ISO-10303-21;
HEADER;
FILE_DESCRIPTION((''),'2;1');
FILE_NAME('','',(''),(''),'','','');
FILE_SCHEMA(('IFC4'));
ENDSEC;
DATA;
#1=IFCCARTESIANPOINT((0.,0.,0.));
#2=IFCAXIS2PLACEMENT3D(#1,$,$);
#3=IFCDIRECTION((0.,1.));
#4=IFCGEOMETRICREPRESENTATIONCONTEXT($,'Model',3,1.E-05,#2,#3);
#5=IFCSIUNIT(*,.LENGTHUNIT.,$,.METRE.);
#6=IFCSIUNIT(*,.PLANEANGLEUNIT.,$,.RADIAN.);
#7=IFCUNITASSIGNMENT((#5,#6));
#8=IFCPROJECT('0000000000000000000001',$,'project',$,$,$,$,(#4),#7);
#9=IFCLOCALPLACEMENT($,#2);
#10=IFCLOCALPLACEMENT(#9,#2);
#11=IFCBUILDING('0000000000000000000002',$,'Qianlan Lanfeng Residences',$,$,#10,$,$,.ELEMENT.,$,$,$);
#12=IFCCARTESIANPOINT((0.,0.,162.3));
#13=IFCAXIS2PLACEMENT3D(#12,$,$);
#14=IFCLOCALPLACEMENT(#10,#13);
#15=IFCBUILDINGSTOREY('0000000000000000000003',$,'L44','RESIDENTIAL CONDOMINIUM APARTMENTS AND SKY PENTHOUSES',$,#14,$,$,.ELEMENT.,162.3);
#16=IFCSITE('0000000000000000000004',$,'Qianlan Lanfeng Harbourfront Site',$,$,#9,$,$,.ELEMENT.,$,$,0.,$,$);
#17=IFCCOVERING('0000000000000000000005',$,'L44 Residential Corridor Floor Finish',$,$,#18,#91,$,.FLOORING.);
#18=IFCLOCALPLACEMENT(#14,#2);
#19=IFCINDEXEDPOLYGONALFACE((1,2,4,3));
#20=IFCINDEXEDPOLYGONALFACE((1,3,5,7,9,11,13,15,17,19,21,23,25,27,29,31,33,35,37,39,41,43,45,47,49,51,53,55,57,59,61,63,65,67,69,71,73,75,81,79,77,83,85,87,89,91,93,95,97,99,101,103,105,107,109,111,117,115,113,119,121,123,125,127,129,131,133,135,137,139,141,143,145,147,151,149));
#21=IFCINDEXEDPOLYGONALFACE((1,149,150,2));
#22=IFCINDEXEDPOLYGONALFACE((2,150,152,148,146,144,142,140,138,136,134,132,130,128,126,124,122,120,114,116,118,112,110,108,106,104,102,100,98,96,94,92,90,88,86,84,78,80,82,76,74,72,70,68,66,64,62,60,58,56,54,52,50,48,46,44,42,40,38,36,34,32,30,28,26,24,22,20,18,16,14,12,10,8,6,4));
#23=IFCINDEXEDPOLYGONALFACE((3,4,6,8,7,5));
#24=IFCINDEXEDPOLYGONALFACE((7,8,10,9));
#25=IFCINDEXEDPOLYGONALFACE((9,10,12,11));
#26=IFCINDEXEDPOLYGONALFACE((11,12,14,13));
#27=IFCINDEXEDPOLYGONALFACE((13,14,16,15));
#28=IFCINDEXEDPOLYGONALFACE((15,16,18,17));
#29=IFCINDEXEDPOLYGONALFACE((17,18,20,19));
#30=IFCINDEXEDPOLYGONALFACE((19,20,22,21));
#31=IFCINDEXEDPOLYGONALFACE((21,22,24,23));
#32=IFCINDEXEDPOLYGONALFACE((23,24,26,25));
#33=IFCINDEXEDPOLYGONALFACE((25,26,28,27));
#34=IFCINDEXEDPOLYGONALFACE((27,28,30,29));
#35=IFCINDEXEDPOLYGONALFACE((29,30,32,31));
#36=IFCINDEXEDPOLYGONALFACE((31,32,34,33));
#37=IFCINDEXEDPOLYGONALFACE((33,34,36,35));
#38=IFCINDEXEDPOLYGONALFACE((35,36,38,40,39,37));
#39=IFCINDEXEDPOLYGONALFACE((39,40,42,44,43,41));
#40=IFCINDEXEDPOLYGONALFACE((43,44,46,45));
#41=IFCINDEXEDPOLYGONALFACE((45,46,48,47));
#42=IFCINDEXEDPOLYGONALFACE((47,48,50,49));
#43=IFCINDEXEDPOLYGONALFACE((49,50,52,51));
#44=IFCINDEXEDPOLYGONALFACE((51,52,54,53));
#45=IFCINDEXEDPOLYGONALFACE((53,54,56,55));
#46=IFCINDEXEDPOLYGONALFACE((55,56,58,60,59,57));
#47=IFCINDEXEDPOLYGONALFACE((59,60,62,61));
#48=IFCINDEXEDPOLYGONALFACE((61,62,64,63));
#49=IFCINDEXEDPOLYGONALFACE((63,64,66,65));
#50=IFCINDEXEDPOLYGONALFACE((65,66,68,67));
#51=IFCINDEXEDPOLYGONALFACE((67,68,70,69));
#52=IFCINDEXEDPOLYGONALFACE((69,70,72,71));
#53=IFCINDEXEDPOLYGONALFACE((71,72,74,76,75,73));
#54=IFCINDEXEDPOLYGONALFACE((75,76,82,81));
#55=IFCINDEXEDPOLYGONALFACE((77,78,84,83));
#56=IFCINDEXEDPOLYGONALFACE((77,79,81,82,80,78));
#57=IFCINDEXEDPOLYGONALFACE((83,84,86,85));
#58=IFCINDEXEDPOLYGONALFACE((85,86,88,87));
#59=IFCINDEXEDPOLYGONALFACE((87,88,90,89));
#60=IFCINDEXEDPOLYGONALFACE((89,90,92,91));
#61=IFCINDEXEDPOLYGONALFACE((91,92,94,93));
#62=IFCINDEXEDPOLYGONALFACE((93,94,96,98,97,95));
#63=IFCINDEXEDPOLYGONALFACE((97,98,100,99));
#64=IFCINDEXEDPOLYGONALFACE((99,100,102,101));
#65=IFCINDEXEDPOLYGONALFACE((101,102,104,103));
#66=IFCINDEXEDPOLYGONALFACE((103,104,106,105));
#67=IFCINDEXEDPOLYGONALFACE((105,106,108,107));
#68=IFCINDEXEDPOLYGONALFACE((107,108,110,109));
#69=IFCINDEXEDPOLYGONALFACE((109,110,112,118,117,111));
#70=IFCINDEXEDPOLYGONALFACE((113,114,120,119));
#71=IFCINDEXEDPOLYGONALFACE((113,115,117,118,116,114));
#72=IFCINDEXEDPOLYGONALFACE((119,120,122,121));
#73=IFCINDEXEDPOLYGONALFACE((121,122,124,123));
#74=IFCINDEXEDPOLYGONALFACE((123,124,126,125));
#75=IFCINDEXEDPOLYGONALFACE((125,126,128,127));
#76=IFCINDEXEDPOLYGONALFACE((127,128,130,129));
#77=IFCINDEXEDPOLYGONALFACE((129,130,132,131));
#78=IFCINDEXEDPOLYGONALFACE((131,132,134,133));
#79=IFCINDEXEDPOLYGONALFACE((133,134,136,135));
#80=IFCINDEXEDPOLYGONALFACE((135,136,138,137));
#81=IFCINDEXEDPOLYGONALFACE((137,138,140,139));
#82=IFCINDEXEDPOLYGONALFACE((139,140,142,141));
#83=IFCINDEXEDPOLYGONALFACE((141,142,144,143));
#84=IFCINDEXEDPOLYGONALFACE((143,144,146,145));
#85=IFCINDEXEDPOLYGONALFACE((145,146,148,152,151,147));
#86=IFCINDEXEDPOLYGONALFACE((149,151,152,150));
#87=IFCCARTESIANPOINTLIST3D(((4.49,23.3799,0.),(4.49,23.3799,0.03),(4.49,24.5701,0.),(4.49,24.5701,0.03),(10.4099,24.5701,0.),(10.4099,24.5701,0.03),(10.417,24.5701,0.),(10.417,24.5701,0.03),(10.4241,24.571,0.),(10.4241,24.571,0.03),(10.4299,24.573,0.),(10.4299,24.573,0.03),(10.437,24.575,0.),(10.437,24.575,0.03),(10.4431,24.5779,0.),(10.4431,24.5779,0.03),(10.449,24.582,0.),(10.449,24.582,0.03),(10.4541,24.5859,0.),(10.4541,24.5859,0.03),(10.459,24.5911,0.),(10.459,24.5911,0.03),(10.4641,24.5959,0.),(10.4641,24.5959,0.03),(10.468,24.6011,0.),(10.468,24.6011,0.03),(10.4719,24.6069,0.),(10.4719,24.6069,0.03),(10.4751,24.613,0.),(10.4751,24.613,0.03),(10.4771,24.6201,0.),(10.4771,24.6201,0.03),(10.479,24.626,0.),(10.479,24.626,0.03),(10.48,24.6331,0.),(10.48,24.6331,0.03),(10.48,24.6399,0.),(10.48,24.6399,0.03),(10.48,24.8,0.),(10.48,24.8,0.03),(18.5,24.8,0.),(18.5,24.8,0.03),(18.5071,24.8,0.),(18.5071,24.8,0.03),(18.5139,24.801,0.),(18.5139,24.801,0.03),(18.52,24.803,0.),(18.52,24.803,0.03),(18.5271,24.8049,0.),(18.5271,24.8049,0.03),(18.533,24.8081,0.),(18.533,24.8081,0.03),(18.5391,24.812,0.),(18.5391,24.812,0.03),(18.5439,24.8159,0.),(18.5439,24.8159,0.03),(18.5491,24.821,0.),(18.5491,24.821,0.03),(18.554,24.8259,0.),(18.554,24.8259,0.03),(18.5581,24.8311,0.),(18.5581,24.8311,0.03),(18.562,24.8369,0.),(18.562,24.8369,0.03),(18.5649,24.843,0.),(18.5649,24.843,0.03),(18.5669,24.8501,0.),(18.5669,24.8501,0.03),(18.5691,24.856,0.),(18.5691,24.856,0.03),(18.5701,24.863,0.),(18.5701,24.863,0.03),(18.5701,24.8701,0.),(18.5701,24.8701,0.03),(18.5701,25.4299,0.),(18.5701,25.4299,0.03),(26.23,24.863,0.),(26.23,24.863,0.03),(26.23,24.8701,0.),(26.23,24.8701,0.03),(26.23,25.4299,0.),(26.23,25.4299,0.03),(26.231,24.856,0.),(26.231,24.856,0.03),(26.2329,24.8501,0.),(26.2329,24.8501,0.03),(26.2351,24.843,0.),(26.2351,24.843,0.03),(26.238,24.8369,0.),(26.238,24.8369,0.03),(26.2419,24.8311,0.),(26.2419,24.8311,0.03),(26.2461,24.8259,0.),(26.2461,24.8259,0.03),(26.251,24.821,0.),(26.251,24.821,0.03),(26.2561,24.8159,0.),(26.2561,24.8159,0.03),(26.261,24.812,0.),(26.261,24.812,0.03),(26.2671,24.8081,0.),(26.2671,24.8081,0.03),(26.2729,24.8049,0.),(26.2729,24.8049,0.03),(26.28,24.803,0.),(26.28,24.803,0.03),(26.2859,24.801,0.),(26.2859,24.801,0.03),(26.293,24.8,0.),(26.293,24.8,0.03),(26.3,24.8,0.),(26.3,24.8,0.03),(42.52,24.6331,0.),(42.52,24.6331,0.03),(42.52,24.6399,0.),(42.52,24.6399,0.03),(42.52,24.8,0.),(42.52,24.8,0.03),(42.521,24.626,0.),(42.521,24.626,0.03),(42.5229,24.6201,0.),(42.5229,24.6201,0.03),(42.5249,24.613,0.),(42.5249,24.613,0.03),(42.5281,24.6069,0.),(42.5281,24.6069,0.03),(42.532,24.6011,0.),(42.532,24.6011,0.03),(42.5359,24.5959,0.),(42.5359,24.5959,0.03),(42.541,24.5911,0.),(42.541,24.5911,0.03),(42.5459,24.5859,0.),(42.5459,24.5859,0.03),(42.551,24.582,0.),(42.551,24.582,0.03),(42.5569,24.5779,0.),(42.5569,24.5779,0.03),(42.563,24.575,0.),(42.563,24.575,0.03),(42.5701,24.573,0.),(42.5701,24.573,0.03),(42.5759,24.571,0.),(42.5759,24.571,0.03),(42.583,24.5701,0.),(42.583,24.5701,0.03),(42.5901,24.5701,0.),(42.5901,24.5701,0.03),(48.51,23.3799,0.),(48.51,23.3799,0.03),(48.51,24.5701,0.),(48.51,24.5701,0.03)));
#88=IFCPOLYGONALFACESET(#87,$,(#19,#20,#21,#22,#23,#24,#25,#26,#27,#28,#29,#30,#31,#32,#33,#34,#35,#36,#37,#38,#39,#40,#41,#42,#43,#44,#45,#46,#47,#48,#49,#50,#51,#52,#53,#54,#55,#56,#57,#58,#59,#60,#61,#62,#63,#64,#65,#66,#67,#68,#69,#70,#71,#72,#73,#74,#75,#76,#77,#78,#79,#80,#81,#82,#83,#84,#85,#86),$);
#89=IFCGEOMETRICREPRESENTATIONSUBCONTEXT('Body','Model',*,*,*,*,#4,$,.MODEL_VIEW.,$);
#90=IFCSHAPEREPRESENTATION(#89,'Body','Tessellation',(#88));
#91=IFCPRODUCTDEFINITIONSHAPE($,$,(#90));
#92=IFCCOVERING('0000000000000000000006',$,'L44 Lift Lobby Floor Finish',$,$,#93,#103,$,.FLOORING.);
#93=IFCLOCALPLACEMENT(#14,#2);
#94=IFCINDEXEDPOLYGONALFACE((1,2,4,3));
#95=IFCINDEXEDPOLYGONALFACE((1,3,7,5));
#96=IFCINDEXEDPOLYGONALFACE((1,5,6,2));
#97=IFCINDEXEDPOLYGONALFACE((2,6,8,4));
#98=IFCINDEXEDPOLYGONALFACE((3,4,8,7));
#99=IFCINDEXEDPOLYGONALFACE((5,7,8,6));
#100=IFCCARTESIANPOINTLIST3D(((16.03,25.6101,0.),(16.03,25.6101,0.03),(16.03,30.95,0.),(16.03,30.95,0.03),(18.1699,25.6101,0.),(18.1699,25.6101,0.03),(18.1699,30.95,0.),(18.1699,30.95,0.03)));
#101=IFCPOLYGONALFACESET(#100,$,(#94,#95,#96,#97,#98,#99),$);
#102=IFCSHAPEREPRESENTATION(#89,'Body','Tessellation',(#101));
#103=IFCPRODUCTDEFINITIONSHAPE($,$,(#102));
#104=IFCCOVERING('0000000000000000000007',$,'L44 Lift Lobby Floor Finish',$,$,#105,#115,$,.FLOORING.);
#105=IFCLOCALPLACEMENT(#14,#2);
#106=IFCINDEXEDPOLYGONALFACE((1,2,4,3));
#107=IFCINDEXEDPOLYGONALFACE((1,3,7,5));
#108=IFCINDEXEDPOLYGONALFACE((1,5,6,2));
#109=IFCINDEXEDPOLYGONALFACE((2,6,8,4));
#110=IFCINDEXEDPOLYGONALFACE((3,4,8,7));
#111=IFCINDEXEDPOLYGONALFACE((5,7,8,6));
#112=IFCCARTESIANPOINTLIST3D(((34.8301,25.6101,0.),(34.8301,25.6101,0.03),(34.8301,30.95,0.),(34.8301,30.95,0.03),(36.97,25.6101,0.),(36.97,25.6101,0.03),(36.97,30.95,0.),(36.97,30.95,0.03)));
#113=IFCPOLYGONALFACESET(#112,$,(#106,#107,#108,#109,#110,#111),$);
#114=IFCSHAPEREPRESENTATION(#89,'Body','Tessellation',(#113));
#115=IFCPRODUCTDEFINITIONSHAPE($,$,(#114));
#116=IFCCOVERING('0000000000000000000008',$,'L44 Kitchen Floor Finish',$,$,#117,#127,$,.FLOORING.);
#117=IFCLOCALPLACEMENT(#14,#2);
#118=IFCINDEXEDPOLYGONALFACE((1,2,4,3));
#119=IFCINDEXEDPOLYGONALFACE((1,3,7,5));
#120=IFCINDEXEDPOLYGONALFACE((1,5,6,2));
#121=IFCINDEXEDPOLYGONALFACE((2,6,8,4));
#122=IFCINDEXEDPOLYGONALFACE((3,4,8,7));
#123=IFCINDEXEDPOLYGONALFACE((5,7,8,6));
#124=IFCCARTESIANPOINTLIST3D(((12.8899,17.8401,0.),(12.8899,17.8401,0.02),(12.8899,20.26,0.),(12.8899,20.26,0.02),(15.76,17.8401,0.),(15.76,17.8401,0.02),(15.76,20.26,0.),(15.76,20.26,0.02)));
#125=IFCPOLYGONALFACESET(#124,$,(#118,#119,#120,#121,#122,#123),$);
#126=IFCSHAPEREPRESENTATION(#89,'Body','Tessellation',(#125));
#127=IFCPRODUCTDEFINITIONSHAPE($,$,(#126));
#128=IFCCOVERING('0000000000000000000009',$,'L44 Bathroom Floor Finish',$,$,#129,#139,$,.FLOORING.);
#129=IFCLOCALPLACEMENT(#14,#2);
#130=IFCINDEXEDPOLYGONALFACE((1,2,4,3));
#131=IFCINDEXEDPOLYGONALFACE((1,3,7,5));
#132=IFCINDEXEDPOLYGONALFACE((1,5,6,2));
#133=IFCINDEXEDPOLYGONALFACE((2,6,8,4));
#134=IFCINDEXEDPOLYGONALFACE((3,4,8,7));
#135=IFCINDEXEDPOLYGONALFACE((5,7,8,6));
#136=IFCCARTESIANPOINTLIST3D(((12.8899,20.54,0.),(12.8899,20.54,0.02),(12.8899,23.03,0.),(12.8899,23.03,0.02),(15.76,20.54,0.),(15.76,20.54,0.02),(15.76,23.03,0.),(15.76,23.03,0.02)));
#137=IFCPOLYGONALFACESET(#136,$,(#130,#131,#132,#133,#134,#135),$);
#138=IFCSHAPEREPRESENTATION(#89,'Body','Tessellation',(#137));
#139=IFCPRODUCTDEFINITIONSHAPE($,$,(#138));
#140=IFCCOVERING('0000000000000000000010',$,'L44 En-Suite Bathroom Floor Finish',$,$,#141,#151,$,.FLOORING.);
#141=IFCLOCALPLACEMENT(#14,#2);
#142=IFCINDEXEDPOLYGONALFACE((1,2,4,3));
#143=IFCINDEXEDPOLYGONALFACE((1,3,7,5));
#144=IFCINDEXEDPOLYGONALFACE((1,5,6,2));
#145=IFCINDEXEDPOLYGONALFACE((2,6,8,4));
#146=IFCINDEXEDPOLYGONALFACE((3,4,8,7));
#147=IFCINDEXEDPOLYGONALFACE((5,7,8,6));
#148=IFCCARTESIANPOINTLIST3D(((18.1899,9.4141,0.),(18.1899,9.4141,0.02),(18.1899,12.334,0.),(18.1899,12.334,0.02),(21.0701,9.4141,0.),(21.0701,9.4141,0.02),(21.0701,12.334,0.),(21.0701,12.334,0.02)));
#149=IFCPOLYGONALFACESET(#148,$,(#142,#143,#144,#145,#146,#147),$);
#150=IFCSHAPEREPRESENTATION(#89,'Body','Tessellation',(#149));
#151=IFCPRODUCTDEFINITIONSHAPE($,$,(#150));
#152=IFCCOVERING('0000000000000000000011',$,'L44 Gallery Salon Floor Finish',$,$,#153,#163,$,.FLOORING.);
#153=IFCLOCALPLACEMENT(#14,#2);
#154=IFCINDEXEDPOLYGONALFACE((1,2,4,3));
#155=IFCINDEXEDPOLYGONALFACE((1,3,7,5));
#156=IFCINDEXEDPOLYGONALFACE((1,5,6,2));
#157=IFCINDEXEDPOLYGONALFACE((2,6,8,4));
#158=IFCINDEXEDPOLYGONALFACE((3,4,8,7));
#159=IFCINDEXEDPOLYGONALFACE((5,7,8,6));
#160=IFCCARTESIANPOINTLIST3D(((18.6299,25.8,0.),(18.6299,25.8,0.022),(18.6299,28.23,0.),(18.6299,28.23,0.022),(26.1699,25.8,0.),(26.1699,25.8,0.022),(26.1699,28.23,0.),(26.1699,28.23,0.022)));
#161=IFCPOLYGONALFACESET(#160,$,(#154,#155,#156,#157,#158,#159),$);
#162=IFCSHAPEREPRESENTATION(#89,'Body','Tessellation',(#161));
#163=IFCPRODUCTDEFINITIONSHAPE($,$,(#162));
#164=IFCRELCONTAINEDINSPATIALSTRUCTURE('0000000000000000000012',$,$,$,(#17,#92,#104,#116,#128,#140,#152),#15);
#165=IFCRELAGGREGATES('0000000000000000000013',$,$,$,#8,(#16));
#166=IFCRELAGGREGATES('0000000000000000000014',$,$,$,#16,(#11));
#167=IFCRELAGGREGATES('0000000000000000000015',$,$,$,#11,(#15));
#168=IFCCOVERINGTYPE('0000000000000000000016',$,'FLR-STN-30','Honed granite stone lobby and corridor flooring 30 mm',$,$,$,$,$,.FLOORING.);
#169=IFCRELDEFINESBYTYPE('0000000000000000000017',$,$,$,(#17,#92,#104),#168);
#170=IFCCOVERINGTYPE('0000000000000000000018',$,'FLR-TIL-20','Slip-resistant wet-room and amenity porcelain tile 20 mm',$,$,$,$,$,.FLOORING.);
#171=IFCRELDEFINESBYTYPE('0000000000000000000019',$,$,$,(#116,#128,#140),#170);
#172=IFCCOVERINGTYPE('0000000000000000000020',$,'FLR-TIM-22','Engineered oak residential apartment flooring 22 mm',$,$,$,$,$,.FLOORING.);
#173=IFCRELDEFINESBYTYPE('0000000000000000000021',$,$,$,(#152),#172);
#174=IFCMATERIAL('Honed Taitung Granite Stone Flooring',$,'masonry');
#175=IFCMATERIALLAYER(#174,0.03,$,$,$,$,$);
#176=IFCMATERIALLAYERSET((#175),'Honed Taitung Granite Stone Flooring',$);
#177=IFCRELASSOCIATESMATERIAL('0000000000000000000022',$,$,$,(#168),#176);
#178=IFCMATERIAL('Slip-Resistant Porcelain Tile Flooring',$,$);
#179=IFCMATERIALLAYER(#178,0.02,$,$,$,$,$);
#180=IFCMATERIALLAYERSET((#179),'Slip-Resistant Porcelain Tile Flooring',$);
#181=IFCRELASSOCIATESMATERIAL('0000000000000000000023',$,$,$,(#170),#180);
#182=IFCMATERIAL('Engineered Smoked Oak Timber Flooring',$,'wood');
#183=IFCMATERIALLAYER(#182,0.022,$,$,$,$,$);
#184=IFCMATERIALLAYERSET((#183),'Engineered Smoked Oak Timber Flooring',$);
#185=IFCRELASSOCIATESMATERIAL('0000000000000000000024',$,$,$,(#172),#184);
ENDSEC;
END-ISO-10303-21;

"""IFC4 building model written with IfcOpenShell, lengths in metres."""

from ifc_helpers import new_model, si_unit, direction, frame, origin, place, context, subcontext, project, spatial, polyline, outline, extrude, material, layer, layer_set, type_object, element, save


model = new_model("IFC4")

# Units and contexts
model_context = context("Model", 3, precision=1e-05, world=origin(), true_north=direction((0.0, 1.0)))
body_context = subcontext(model_context, "Body", "Model", "MODEL_VIEW")
ifc_project = project(units=[si_unit("LENGTHUNIT", "METRE"), si_unit("PLANEANGLEUNIT", "RADIAN")], contexts=[model_context])

# Site, building, storey
site_placement = place(None, origin())
site = spatial("IfcSite", under=ifc_project, at=site_placement, Name="Qianlan Lanfeng Harbourfront Site", CompositionType="ELEMENT", RefElevation=0.0)
building_placement = place(site_placement, origin())
building = spatial("IfcBuilding", under=site, at=building_placement, Name="Qianlan Lanfeng Residences", CompositionType="ELEMENT")
storey_placement = place(building_placement, frame((0.0, 0.0, 162.3)))
storey = spatial("IfcBuildingStorey", under=building, at=storey_placement, Name="L44", Description="RESIDENTIAL CONDOMINIUM APARTMENTS AND SKY PENTHOUSES", CompositionType="ELEMENT", Elevation=162.3)

# Coverings
ifc_material_1 = material(Name="Honed Taitung Granite Stone Flooring", Category="masonry")
ifc_layer_1 = layer(ifc_material_1, 0.03)
ifc_layer_set_1 = layer_set([ifc_layer_1], Name="Honed Taitung Granite Stone Flooring")
covering_type_1 = type_object("IfcCoveringType", Name="FLR-STN-30", Description="Honed granite stone lobby and corridor flooring 30 mm", PredefinedType="FLOORING", material=ifc_layer_set_1)
covering_1_placement = place(storey_placement, origin())
element("IfcCovering", 1, at=covering_1_placement, inside=storey, type_object=covering_type_1, Name="L44 Residential Corridor Floor Finish", PredefinedType="FLOORING", context=body_context, shape_type="SweptSolid", body=[
    extrude(outline(polyline([(4.49, 23.3799), (48.51, 23.3799), (48.51, 24.5701), (42.5901, 24.5701), (42.583, 24.5701), (42.5759, 24.571), (42.5701, 24.573), (42.563, 24.575), (42.5569, 24.5779), (42.551, 24.582), (42.5459, 24.5859), (42.541, 24.5911), (42.5359, 24.5959), (42.532, 24.6011), (42.5281, 24.6069), (42.5249, 24.613), (42.5229, 24.6201), (42.521, 24.626), (42.52, 24.6331), (42.52, 24.6399), (42.52, 24.8), (26.3, 24.8), (26.293, 24.8), (26.2859, 24.801), (26.28, 24.803), (26.2729, 24.8049), (26.2671, 24.8081), (26.261, 24.812), (26.2561, 24.8159), (26.251, 24.821), (26.2461, 24.8259), (26.2419, 24.8311), (26.238, 24.8369), (26.2351, 24.843), (26.2329, 24.8501), (26.231, 24.856), (26.23, 24.863), (26.23, 24.8701), (26.23, 25.4299), (18.5701, 25.4299), (18.5701, 24.8701), (18.5701, 24.863), (18.5691, 24.856), (18.5669, 24.8501), (18.5649, 24.843), (18.562, 24.8369), (18.5581, 24.8311), (18.554, 24.8259), (18.5491, 24.821), (18.5439, 24.8159), (18.5391, 24.812), (18.533, 24.8081), (18.5271, 24.8049), (18.52, 24.803), (18.5139, 24.801), (18.5071, 24.8), (18.5, 24.8), (10.48, 24.8), (10.48, 24.6399), (10.48, 24.6331), (10.479, 24.626), (10.4771, 24.6201), (10.4751, 24.613), (10.4719, 24.6069), (10.468, 24.6011), (10.4641, 24.5959), (10.459, 24.5911), (10.4541, 24.5859), (10.449, 24.582), (10.4431, 24.5779), (10.437, 24.575), (10.4299, 24.573), (10.4241, 24.571), (10.417, 24.5701), (10.4099, 24.5701), (4.49, 24.5701), (4.49, 23.3799)])), origin(), (0.0, 0.0, 1.0), 0.03),
])
covering_2_placement = place(storey_placement, origin())
element("IfcCovering", 2, at=covering_2_placement, inside=storey, type_object=covering_type_1, Name="L44 Lift Lobby Floor Finish", PredefinedType="FLOORING", context=body_context, shape_type="SweptSolid", body=[
    extrude(outline(polyline([(16.03, 25.6101), (18.1699, 25.6101), (18.1699, 30.95), (16.03, 30.95), (16.03, 25.6101)])), origin(), (0.0, 0.0, 1.0), 0.03),
])
covering_3_placement = place(storey_placement, origin())
element("IfcCovering", 3, at=covering_3_placement, inside=storey, type_object=covering_type_1, Name="L44 Lift Lobby Floor Finish", PredefinedType="FLOORING", context=body_context, shape_type="SweptSolid", body=[
    extrude(outline(polyline([(34.8301, 25.6101), (36.97, 25.6101), (36.97, 30.95), (34.8301, 30.95), (34.8301, 25.6101)])), origin(), (0.0, 0.0, 1.0), 0.03),
])
ifc_material_2 = material(Name="Slip-Resistant Porcelain Tile Flooring")
ifc_layer_2 = layer(ifc_material_2, 0.02)
ifc_layer_set_2 = layer_set([ifc_layer_2], Name="Slip-Resistant Porcelain Tile Flooring")
covering_type_2 = type_object("IfcCoveringType", Name="FLR-TIL-20", Description="Slip-resistant wet-room and amenity porcelain tile 20 mm", PredefinedType="FLOORING", material=ifc_layer_set_2)
covering_4_placement = place(storey_placement, origin())
element("IfcCovering", 4, at=covering_4_placement, inside=storey, type_object=covering_type_2, Name="L44 Kitchen Floor Finish", PredefinedType="FLOORING", context=body_context, shape_type="SweptSolid", body=[
    extrude(outline(polyline([(12.8899, 17.8401), (15.76, 17.8401), (15.76, 20.26), (12.8899, 20.26), (12.8899, 17.8401)])), origin(), (0.0, 0.0, 1.0), 0.02),
])
covering_5_placement = place(storey_placement, origin())
element("IfcCovering", 5, at=covering_5_placement, inside=storey, type_object=covering_type_2, Name="L44 Bathroom Floor Finish", PredefinedType="FLOORING", context=body_context, shape_type="SweptSolid", body=[
    extrude(outline(polyline([(12.8899, 20.54), (15.76, 20.54), (15.76, 23.03), (12.8899, 23.03), (12.8899, 20.54)])), origin(), (0.0, 0.0, 1.0), 0.02),
])
covering_6_placement = place(storey_placement, origin())
element("IfcCovering", 6, at=covering_6_placement, inside=storey, type_object=covering_type_2, Name="L44 En-Suite Bathroom Floor Finish", PredefinedType="FLOORING", context=body_context, shape_type="SweptSolid", body=[
    extrude(outline(polyline([(18.1899, 9.4141), (21.0701, 9.4141), (21.0701, 12.334), (18.1899, 12.334), (18.1899, 9.4141)])), origin(), (0.0, 0.0, 1.0), 0.02),
])
ifc_material_3 = material(Name="Engineered Smoked Oak Timber Flooring", Category="wood")
ifc_layer_3 = layer(ifc_material_3, 0.022)
ifc_layer_set_3 = layer_set([ifc_layer_3], Name="Engineered Smoked Oak Timber Flooring")
covering_type_3 = type_object("IfcCoveringType", Name="FLR-TIM-22", Description="Engineered oak residential apartment flooring 22 mm", PredefinedType="FLOORING", material=ifc_layer_set_3)
covering_7_placement = place(storey_placement, origin())
element("IfcCovering", 7, at=covering_7_placement, inside=storey, type_object=covering_type_3, Name="L44 Gallery Salon Floor Finish", PredefinedType="FLOORING", context=body_context, shape_type="SweptSolid", body=[
    extrude(outline(polyline([(18.6299, 25.8), (26.1699, 25.8), (26.1699, 28.23), (18.6299, 28.23), (18.6299, 25.8)])), origin(), (0.0, 0.0, 1.0), 0.022),
])

save(model, "model.ifc")
